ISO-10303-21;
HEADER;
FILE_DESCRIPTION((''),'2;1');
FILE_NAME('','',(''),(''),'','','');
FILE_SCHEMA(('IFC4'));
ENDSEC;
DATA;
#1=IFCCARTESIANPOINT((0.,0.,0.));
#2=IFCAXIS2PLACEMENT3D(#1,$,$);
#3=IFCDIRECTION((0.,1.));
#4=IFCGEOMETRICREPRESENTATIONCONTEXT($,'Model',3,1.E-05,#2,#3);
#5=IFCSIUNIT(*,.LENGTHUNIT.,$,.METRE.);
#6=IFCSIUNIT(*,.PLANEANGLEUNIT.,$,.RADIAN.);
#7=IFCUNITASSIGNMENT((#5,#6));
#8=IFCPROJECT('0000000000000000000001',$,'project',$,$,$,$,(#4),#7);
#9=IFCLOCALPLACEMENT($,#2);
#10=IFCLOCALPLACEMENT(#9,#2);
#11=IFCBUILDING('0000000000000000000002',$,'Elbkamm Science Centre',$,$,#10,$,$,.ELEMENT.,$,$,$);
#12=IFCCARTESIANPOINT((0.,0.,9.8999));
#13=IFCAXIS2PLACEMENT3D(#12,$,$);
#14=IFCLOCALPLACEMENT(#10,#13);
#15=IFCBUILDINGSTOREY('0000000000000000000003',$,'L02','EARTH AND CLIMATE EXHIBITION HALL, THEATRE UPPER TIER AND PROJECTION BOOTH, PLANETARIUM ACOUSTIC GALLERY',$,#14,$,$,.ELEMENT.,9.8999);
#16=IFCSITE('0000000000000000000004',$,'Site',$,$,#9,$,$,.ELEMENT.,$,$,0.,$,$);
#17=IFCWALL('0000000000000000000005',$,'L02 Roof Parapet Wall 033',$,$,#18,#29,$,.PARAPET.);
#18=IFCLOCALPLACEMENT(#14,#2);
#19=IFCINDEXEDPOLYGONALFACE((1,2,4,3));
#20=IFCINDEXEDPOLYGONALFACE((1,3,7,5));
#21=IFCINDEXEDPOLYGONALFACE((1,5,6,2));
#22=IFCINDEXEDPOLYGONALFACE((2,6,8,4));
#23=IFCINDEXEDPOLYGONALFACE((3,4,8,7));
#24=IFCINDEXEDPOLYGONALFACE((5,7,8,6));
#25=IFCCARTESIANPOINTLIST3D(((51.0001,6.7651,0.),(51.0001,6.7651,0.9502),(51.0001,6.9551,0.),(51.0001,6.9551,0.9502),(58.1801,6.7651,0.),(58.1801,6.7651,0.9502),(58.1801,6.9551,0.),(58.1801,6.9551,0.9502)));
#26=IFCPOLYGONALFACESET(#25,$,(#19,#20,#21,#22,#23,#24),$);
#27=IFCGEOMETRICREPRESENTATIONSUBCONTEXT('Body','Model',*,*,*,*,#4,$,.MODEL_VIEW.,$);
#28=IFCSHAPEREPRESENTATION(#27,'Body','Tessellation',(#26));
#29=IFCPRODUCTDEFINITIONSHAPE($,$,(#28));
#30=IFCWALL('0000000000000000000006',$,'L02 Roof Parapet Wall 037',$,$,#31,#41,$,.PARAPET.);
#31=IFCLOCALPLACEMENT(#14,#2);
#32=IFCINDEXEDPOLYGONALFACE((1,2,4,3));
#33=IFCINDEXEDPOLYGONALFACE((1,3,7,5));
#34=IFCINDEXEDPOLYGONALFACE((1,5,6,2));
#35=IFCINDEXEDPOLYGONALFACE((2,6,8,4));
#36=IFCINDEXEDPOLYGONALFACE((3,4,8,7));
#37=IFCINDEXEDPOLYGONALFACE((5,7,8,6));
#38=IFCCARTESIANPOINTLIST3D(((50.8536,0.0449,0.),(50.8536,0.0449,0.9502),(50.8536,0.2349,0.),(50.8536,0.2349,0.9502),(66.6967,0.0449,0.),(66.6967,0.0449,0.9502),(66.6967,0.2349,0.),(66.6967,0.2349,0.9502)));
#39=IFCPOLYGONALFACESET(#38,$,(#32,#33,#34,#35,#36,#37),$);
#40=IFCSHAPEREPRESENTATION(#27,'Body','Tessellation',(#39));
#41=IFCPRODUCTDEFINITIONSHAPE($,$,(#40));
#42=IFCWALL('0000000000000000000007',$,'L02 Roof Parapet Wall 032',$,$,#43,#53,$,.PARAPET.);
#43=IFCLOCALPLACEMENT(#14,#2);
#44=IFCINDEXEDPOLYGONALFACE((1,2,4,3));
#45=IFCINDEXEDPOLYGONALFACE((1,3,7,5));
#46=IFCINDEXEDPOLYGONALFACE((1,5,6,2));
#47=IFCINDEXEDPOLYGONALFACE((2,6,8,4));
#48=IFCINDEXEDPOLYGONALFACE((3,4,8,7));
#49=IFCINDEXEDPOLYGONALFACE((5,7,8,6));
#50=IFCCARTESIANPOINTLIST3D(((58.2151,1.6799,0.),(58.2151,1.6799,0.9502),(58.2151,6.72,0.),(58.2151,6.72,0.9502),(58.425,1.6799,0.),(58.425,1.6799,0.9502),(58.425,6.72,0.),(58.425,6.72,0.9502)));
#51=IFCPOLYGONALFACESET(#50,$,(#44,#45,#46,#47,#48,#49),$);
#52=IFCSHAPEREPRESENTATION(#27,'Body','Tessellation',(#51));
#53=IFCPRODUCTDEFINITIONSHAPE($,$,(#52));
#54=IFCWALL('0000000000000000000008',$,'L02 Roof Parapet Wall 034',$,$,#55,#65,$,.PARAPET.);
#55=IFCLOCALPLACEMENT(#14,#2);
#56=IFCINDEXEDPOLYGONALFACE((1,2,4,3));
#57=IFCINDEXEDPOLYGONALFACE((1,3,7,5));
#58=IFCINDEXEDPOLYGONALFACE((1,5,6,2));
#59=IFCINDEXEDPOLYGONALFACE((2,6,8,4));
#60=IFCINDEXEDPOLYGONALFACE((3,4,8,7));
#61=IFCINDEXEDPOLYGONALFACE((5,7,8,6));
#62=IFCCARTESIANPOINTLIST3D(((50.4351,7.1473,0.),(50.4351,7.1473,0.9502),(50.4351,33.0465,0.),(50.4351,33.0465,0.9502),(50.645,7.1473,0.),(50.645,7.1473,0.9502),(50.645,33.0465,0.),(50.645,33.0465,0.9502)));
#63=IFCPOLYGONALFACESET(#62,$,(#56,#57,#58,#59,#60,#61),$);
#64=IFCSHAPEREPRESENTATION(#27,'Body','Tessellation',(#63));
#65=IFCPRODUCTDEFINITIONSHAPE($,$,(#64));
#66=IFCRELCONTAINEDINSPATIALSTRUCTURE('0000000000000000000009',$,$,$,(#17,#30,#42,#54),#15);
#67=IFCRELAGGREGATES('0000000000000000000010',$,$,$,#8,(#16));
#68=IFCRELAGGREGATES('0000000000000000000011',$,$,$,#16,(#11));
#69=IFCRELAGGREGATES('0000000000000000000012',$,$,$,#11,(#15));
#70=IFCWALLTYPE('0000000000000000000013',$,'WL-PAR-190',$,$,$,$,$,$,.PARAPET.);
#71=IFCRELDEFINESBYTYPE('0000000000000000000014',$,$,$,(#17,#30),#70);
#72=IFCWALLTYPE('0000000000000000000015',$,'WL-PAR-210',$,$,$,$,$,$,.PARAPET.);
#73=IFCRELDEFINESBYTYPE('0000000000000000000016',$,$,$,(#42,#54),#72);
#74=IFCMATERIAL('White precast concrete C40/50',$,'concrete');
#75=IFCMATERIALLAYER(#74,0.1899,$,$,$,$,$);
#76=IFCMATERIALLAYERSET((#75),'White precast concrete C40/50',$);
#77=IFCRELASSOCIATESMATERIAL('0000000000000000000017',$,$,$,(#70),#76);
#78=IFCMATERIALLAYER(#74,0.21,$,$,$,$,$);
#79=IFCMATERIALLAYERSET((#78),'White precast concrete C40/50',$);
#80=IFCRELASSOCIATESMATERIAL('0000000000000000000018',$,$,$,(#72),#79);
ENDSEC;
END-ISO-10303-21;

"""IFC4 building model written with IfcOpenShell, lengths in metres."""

from ifc_helpers import new_model, si_unit, direction, frame, frame_2d, origin, place, context, subcontext, project, spatial, rectangle, extrude, material, layer, layer_set, type_object, element, save


model = new_model("IFC4")

# Units and contexts
model_context = context("Model", 3, precision=1e-05, world=origin(), true_north=direction((0.0, 1.0)))
body_context = subcontext(model_context, "Body", "Model", "MODEL_VIEW")
ifc_project = project(units=[si_unit("LENGTHUNIT", "METRE"), si_unit("PLANEANGLEUNIT", "RADIAN")], contexts=[model_context])

# Site, building, storey
site_placement = place(None, origin())
site = spatial("IfcSite", under=ifc_project, at=site_placement, Name="Site", CompositionType="ELEMENT", RefElevation=0.0)
building_placement = place(site_placement, origin())
building = spatial("IfcBuilding", under=site, at=building_placement, Name="Elbkamm Science Centre", CompositionType="ELEMENT")
storey_placement = place(building_placement, frame((0.0, 0.0, 9.8999)))
storey = spatial("IfcBuildingStorey", under=building, at=storey_placement, Name="L02", Description="EARTH AND CLIMATE EXHIBITION HALL, THEATRE UPPER TIER AND PROJECTION BOOTH, PLANETARIUM ACOUSTIC GALLERY", CompositionType="ELEMENT", Elevation=9.8999)

# Walls
ifc_material_1 = material(Name="White precast concrete C40/50", Category="concrete")
ifc_layer_1 = layer(ifc_material_1, 0.1899)
ifc_layer_set_1 = layer_set([ifc_layer_1], Name="White precast concrete C40/50")
wall_type_1 = type_object("IfcWallType", Name="WL-PAR-190", PredefinedType="PARAPET", material=ifc_layer_set_1)
for number, where, z_axis, x_axis, name in (
    (1, (58.1799, 6.8601, 0.0), (0.0, 0.0, 1.0), (-1.0, 0.0, 0.0), "L02 Roof Parapet Wall 033"),
):
    element("IfcWall", number, at=place(storey_placement, frame(where, z_axis=z_axis, x_axis=x_axis)), inside=storey, type_object=wall_type_1, Name=name, PredefinedType="PARAPET", context=body_context, shape_type="SweptSolid", body=[
        extrude(rectangle(XDim=7.1799, YDim=0.1899, at=frame_2d((3.5898, 0.0))), origin(), (0.0, 0.0, 1.0), 0.9502),
    ])
wall_1_placement = place(storey_placement, frame((66.6965, 0.1399, 0.0), z_axis=(0.0, 0.0, 1.0), x_axis=(-1.0, 0.0, 0.0)))
element("IfcWall", 2, at=wall_1_placement, inside=storey, type_object=wall_type_1, Name="L02 Roof Parapet Wall 037", PredefinedType="PARAPET", context=body_context, shape_type="SweptSolid", body=[
    extrude(rectangle(XDim=15.843, YDim=0.1899, at=frame_2d((7.9214, 0.0))), origin(), (0.0, 0.0, 1.0), 0.9502),
])
ifc_layer_2 = layer(ifc_material_1, 0.21)
ifc_layer_set_2 = layer_set([ifc_layer_2], Name="White precast concrete C40/50")
wall_type_2 = type_object("IfcWallType", Name="WL-PAR-210", PredefinedType="PARAPET", material=ifc_layer_set_2)
wall_2_placement = place(storey_placement, frame((58.3201, 1.6799, 0.0), z_axis=(0.0, 0.0, 1.0), x_axis=(0.0, 1.0, 0.0)))
element("IfcWall", 3, at=wall_2_placement, inside=storey, type_object=wall_type_2, Name="L02 Roof Parapet Wall 032", PredefinedType="PARAPET", context=body_context, shape_type="SweptSolid", body=[
    extrude(rectangle(XDim=5.04, YDim=0.21, at=frame_2d((2.52, 0.0))), origin(), (0.0, 0.0, 1.0), 0.9502),
])
wall_3_placement = place(storey_placement, frame((50.54, 7.1472, 0.0), z_axis=(0.0, 0.0, 1.0), x_axis=(0.0, 1.0, 0.0)))
element("IfcWall", 4, at=wall_3_placement, inside=storey, type_object=wall_type_2, Name="L02 Roof Parapet Wall 034", PredefinedType="PARAPET", context=body_context, shape_type="SweptSolid", body=[
    extrude(rectangle(XDim=25.8992, YDim=0.21, at=frame_2d((12.9497, 0.0))), origin(), (0.0, 0.0, 1.0), 0.9502),
])

save(model, "model.ifc")
